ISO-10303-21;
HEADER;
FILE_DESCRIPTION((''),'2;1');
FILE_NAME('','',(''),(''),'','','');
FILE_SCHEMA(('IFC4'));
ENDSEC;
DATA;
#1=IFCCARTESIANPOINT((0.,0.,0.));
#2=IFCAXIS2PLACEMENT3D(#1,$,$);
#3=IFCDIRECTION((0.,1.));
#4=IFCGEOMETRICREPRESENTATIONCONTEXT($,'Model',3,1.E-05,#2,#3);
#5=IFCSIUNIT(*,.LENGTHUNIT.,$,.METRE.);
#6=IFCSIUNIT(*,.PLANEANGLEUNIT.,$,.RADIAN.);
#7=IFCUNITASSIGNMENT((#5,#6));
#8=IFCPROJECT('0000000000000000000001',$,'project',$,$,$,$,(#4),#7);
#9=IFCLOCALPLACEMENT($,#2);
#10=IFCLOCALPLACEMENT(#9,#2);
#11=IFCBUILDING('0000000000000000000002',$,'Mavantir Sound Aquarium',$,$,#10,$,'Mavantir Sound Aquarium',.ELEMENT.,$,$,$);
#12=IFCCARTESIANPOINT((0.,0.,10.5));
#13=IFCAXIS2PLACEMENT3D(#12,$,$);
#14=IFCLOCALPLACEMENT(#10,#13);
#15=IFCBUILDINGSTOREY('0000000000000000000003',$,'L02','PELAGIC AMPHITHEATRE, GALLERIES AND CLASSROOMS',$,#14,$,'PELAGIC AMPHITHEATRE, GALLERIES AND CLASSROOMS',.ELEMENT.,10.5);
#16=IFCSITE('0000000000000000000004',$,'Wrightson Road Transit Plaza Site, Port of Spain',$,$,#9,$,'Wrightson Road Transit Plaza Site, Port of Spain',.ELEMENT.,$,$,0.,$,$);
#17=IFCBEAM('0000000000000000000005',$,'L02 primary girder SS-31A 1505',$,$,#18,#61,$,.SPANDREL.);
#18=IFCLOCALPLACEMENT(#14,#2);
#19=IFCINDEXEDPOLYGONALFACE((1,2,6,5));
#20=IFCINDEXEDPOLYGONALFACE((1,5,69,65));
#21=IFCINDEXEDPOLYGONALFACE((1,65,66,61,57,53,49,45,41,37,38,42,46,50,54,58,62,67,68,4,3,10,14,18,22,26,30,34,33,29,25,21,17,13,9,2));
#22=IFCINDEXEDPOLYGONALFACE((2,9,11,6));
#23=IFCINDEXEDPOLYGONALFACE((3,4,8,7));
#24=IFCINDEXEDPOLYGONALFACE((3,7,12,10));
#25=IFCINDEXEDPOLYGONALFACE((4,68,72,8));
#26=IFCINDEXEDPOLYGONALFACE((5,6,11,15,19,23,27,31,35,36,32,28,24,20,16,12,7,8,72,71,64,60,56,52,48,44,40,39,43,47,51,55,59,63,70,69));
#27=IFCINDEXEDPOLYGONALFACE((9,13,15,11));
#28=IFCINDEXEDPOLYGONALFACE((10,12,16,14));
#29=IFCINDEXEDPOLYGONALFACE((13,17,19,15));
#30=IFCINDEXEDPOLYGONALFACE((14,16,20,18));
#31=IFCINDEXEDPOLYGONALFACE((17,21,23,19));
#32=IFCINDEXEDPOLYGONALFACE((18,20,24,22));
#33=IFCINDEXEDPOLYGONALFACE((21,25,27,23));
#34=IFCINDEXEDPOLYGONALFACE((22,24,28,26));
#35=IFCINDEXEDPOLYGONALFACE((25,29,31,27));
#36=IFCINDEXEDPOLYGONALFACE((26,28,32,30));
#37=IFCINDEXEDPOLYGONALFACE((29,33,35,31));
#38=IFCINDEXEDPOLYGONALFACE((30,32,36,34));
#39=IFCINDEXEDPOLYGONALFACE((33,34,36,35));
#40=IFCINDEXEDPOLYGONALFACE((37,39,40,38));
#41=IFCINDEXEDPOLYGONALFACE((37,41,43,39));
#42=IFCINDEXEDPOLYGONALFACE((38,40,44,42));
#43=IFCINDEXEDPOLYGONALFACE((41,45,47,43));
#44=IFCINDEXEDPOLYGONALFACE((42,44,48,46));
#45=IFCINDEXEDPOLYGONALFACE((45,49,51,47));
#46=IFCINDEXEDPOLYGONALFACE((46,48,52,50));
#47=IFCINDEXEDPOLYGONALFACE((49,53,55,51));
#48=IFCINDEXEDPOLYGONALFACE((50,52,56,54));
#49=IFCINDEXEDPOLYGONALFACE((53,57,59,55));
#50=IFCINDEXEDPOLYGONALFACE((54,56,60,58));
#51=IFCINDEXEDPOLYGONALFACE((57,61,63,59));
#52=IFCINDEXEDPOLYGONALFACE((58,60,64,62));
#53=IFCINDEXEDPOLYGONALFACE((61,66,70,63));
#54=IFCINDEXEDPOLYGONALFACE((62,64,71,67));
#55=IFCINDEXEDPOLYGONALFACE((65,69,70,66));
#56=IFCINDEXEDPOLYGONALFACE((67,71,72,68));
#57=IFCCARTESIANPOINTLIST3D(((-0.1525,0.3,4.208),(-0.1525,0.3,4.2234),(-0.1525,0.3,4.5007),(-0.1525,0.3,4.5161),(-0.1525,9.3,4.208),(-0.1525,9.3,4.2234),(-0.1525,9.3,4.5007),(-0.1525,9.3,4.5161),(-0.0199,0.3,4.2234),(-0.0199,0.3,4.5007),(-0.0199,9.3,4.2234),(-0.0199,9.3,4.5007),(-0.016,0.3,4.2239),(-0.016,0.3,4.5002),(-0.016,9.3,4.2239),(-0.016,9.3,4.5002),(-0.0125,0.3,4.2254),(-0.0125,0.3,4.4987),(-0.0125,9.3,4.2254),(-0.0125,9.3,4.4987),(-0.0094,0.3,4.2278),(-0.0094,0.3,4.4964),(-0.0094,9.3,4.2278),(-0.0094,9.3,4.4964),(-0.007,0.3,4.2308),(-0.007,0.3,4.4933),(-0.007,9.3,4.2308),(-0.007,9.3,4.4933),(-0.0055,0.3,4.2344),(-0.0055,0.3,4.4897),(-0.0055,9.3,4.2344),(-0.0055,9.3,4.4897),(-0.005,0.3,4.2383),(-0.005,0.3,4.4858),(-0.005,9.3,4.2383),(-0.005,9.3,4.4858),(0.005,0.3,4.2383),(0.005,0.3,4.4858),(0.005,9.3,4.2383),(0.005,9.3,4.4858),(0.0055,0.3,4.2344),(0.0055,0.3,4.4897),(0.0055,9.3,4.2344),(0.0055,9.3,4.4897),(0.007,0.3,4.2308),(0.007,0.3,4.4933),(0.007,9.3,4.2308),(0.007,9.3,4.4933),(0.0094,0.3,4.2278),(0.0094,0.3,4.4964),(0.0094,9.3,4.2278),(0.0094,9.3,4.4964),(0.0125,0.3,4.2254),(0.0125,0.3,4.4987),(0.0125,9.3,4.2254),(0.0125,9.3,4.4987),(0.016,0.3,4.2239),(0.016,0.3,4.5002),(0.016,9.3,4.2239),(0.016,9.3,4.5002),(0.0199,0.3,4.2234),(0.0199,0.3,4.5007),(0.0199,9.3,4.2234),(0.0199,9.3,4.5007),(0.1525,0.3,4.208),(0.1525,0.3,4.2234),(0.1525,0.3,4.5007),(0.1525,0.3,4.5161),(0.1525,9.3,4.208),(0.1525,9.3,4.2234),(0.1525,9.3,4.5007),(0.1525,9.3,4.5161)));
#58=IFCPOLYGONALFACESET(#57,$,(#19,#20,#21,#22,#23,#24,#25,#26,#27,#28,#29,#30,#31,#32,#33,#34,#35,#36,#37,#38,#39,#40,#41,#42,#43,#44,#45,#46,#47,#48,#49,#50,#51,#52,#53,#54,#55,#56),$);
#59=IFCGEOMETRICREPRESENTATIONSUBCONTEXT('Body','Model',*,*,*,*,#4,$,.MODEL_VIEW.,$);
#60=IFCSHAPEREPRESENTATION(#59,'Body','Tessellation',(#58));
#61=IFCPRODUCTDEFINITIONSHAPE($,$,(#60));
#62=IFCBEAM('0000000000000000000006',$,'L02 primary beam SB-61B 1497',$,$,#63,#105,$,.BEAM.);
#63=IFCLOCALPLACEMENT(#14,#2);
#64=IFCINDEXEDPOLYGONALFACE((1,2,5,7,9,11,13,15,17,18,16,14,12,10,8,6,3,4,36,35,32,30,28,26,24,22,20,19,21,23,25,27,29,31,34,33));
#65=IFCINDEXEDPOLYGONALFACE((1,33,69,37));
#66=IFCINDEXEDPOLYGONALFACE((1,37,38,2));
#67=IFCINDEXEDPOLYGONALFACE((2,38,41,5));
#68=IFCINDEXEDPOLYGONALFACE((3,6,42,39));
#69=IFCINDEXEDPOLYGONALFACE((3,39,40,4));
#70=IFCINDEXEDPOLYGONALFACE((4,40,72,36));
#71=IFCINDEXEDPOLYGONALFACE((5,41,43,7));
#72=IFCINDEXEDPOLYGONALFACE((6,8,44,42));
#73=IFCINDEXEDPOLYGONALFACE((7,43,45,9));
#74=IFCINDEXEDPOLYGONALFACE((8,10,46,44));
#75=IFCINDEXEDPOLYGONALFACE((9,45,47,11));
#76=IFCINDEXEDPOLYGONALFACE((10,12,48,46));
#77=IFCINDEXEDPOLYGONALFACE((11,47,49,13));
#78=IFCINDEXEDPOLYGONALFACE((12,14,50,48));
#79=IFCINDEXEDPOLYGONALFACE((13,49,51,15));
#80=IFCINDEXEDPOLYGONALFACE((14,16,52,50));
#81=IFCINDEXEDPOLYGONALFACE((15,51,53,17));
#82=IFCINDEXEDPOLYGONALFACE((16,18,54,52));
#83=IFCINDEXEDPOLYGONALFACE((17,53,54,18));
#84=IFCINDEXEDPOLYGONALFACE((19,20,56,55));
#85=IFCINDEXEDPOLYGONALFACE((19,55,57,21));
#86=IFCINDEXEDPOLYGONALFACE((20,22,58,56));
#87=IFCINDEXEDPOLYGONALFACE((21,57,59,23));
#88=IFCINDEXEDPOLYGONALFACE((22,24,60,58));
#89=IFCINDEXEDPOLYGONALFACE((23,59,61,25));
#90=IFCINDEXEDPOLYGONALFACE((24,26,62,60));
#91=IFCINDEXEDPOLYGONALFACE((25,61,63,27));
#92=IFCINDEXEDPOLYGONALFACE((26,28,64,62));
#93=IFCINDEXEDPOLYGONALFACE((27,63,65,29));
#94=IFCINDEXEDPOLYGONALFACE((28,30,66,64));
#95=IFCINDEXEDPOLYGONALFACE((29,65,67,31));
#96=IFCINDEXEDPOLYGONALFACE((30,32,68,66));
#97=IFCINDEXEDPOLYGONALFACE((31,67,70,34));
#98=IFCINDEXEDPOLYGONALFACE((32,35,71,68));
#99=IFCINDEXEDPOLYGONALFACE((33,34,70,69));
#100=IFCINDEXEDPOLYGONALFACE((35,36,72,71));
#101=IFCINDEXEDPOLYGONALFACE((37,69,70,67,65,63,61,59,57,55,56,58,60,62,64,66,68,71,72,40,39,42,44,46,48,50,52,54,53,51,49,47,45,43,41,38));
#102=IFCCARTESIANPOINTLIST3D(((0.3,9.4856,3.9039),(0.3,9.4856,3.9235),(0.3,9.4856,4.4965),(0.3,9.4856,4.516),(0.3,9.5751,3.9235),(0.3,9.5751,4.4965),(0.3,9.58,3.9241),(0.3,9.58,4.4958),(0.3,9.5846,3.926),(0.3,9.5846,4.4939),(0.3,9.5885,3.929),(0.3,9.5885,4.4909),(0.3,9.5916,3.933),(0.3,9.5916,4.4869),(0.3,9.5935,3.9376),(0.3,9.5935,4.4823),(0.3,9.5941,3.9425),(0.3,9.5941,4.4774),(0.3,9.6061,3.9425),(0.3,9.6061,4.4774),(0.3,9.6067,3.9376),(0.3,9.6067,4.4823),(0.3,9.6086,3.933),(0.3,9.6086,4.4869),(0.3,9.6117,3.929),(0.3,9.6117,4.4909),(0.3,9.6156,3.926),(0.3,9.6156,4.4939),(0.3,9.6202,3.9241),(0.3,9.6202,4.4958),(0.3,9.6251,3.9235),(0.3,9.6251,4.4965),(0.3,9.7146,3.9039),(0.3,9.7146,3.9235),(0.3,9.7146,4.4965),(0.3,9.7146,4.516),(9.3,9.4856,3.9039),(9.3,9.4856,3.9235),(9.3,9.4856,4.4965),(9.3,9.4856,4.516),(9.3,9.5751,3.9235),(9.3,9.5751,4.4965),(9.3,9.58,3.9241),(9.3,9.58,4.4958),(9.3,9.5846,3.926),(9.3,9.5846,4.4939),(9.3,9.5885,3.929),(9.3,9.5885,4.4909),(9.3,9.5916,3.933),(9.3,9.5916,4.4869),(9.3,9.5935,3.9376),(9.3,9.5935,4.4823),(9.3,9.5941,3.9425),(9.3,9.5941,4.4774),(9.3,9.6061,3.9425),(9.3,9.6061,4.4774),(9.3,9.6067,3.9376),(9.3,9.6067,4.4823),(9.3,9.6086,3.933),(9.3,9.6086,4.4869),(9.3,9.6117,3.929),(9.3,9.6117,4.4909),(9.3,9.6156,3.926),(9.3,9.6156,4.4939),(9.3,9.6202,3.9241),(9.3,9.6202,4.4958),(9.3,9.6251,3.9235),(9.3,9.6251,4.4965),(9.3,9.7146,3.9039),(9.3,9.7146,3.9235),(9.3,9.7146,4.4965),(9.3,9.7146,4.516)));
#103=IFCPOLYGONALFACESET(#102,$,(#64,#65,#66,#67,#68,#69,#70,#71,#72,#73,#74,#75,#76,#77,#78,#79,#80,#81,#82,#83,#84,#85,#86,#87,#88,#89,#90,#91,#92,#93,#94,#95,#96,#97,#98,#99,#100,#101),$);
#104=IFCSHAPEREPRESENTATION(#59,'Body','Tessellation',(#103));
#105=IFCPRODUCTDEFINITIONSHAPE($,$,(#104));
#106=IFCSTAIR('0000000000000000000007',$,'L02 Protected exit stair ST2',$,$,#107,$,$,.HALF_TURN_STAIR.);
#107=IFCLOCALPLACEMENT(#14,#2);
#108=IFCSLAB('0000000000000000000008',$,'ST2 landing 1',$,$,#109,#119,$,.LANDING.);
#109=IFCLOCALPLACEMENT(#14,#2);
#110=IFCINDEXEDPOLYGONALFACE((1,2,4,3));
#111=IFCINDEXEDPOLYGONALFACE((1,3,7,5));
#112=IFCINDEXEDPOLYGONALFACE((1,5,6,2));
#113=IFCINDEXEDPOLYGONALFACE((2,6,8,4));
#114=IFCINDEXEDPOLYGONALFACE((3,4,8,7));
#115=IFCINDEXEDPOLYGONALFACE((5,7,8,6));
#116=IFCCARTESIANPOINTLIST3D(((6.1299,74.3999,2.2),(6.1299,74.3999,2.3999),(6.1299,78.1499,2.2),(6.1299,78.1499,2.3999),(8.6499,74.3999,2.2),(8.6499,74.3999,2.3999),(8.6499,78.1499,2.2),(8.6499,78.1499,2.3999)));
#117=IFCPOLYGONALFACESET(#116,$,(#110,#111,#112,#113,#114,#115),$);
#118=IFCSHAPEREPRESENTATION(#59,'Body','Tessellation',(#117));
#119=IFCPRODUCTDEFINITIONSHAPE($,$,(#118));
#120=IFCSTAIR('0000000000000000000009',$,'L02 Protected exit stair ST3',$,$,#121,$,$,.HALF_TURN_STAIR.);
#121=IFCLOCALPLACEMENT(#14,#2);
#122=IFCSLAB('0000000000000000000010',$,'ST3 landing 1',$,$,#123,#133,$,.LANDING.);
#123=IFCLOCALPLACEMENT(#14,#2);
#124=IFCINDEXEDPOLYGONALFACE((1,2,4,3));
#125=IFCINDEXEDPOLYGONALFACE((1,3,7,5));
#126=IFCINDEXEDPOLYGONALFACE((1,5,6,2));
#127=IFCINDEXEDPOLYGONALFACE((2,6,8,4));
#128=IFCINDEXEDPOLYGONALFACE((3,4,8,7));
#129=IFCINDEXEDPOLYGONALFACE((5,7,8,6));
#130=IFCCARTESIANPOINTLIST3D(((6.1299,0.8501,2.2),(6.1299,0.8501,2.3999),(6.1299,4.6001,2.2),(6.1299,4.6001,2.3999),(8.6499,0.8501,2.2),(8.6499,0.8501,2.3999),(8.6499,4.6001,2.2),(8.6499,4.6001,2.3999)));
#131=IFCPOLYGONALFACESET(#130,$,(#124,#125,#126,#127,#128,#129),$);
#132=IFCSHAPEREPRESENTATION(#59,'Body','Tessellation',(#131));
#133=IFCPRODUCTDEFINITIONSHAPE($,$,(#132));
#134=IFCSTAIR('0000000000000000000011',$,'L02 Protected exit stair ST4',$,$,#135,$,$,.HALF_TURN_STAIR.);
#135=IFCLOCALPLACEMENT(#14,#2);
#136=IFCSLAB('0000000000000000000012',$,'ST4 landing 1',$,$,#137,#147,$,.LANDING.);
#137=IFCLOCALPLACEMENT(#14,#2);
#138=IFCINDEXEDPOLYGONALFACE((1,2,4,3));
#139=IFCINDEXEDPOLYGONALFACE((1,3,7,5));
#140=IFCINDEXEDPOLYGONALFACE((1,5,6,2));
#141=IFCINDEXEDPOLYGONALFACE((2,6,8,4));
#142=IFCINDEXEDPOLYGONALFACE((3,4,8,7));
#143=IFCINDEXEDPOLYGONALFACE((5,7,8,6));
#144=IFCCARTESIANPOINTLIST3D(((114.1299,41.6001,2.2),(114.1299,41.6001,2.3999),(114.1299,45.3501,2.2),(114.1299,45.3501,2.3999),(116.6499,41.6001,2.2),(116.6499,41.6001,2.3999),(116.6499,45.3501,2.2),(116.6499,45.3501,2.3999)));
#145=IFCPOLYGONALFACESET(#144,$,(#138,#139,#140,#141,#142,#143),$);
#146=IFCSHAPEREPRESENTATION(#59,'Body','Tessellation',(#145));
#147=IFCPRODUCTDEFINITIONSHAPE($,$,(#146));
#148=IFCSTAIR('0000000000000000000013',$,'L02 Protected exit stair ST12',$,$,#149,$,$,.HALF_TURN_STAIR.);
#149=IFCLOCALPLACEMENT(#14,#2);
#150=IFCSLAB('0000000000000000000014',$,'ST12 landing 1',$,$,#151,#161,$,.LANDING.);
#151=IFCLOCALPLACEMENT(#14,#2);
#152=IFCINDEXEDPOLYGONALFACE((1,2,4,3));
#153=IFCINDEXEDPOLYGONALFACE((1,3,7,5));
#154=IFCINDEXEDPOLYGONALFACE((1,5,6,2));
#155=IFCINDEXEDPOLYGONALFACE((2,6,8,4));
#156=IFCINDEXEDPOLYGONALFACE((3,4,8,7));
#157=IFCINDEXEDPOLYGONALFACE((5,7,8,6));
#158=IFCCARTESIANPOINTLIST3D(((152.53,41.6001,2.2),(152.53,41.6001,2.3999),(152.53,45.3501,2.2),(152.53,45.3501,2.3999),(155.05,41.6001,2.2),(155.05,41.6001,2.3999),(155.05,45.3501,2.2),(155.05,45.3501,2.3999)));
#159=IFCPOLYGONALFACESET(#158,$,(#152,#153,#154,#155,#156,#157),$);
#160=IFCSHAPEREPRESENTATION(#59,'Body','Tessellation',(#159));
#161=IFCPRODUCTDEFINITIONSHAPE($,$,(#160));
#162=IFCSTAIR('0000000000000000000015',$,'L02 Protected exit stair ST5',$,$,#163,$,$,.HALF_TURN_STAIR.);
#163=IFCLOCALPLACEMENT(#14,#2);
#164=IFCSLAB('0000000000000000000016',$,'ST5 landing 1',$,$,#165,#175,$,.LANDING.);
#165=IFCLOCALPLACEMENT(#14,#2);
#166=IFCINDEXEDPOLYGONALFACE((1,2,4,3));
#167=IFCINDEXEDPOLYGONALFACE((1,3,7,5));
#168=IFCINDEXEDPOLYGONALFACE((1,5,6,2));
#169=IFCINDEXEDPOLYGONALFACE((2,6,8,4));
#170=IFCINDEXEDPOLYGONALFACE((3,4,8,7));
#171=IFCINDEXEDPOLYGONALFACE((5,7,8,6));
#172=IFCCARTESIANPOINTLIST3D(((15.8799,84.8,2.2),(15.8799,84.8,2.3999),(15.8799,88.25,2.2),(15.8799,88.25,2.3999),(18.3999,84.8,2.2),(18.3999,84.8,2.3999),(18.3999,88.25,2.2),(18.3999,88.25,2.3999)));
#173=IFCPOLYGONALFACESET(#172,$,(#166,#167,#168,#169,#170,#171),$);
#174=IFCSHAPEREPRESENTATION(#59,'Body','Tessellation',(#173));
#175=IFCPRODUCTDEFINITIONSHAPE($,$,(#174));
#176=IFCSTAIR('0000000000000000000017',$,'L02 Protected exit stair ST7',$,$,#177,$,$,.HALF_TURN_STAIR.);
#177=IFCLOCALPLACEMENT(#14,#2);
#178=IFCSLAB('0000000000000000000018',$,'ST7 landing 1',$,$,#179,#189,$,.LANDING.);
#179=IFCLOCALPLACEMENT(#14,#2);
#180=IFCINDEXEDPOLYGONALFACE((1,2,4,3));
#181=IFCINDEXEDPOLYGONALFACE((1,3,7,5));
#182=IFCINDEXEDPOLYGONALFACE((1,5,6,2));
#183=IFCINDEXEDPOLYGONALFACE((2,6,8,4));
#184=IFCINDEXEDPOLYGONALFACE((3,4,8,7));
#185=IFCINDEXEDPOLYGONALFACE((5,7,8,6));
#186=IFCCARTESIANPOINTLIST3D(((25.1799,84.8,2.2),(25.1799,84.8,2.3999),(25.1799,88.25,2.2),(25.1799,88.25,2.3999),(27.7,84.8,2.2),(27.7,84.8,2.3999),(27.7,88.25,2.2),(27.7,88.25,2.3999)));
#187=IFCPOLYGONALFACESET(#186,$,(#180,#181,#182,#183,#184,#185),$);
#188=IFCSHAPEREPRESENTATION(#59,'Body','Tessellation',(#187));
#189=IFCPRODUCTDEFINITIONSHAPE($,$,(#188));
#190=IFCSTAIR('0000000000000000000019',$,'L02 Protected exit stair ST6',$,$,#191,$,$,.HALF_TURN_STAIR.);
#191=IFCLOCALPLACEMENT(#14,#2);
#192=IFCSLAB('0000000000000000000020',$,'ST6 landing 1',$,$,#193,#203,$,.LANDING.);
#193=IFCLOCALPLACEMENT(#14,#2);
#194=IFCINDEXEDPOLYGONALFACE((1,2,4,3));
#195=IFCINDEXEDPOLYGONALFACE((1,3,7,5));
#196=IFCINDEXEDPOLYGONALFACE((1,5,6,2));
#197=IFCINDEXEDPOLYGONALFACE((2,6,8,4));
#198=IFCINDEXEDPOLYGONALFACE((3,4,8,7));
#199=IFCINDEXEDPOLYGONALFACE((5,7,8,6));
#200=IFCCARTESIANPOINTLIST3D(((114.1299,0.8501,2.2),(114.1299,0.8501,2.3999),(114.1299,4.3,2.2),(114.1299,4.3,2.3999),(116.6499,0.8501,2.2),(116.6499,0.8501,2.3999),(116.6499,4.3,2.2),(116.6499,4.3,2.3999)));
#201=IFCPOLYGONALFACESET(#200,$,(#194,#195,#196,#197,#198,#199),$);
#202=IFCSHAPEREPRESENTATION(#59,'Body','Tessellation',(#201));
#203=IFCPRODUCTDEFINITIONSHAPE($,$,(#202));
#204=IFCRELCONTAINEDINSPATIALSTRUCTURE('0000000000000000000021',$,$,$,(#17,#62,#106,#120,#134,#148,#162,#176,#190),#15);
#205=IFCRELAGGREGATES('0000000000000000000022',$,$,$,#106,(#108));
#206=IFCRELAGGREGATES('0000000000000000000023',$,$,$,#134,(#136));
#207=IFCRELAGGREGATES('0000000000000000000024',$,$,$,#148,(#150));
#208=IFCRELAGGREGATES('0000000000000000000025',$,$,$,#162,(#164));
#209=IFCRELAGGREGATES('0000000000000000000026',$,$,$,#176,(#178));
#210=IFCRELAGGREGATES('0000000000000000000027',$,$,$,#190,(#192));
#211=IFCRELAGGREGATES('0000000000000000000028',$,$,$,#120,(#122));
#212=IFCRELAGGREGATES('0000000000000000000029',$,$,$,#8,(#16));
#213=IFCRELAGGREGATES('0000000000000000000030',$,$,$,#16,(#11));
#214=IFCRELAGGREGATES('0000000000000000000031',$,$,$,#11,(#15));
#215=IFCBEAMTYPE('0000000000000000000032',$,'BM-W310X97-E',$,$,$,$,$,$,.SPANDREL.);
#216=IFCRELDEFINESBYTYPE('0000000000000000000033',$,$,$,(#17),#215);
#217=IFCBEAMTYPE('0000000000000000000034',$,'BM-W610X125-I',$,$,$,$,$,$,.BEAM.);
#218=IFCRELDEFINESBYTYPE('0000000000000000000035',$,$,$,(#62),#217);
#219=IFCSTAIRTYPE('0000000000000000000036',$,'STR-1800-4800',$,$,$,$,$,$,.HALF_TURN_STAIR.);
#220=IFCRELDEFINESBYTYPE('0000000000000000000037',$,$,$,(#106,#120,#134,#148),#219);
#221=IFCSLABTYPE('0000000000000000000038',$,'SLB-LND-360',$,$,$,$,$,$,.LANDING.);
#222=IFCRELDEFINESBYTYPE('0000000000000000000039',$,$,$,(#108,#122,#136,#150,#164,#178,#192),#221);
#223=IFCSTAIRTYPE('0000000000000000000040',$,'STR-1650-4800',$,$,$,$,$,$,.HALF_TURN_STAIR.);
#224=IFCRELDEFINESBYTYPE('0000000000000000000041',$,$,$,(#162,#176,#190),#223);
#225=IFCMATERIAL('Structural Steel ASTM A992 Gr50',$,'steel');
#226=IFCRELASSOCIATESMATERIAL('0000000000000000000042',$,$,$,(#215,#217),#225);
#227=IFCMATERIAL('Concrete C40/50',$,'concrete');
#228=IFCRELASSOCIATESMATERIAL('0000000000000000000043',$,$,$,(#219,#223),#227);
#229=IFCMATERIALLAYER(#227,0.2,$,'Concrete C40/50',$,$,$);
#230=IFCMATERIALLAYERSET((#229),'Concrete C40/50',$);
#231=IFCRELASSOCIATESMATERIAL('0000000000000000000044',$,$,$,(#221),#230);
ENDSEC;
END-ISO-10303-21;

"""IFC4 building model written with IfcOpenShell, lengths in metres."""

from ifc_helpers import new_model, si_unit, direction, frame, origin, origin_2d, place, context, subcontext, project, spatial, polyline, i_section, outline, extrude, material, layer, layer_set, material_profile, profile_set, type_object, element, aggregate, save


model = new_model("IFC4")

# Units and contexts
model_context = context("Model", 3, precision=1e-05, world=origin(), true_north=direction((0.0, 1.0)))
body_context = subcontext(model_context, "Body", "Model", "MODEL_VIEW")
ifc_project = project(units=[si_unit("LENGTHUNIT", "METRE"), si_unit("PLANEANGLEUNIT", "RADIAN")], contexts=[model_context])

# Site, building, storey
site_placement = place(None, origin())
site = spatial("IfcSite", under=ifc_project, at=site_placement, Name="Wrightson Road Transit Plaza Site, Port of Spain", LongName="Wrightson Road Transit Plaza Site, Port of Spain", CompositionType="ELEMENT", RefElevation=0.0)
building_placement = place(site_placement, origin())
building = spatial("IfcBuilding", under=site, at=building_placement, Name="Mavantir Sound Aquarium", LongName="Mavantir Sound Aquarium", CompositionType="ELEMENT")
storey_placement = place(building_placement, frame((0.0, 0.0, 10.5)))
storey = spatial("IfcBuildingStorey", under=building, at=storey_placement, Name="L02", Description="PELAGIC AMPHITHEATRE, GALLERIES AND CLASSROOMS", LongName="PELAGIC AMPHITHEATRE, GALLERIES AND CLASSROOMS", CompositionType="ELEMENT", Elevation=10.5)

# Shared definitions
ifc_material_1 = material(Name="Concrete C40/50", Category="concrete")

# Beams
ifc_material_2 = material(Name="Structural Steel ASTM A992 Gr50", Category="steel")
ifc_material_profile_1 = material_profile(ifc_material_2, i_section(OverallWidth=0.3049, OverallDepth=0.3081, WebThickness=0.01, FlangeThickness=0.0154, FilletRadius=0.0149, at=origin_2d()), Name="W310X97")
ifc_profile_set_1 = profile_set([ifc_material_profile_1], Name="Structural Steel ASTM A992 Gr50")
beam_type_1 = type_object("IfcBeamType", Name="BM-W310X97-E", PredefinedType="SPANDREL", material=ifc_profile_set_1)
for number, where, z_axis, x_axis, name in (
    (1, (0.0, 0.3, 4.3621), (0.0, 1.0, 0.0), (-1.0, 0.0, 0.0), "L02 primary girder SS-31A 1505"),
):
    element("IfcBeam", number, at=place(storey_placement, frame(where, z_axis=z_axis, x_axis=x_axis)), inside=storey, type_object=beam_type_1, Name=name, PredefinedType="SPANDREL", context=body_context, shape_type="SweptSolid", body=[
        extrude(i_section(OverallWidth=0.3049, OverallDepth=0.3081, WebThickness=0.01, FlangeThickness=0.0154, FilletRadius=0.0149, at=origin_2d()), origin(), (0.0, 0.0, 1.0), 9.0),
    ])
ifc_material_profile_2 = material_profile(ifc_material_2, i_section(OverallWidth=0.229, OverallDepth=0.6121, WebThickness=0.012, FlangeThickness=0.0195, FilletRadius=0.019, at=origin_2d()), Name="W610X125")
ifc_profile_set_2 = profile_set([ifc_material_profile_2], Name="Structural Steel ASTM A992 Gr50")
beam_type_2 = type_object("IfcBeamType", Name="BM-W610X125-I", PredefinedType="BEAM", material=ifc_profile_set_2)
beam_1_placement = place(storey_placement, frame((0.3, 9.6001, 4.21), z_axis=(1.0, 0.0, 0.0), x_axis=(0.0, 1.0, 0.0)))
element("IfcBeam", 2, at=beam_1_placement, inside=storey, type_object=beam_type_2, Name="L02 primary beam SB-61B 1497", PredefinedType="BEAM", context=body_context, shape_type="SweptSolid", body=[
    extrude(i_section(OverallWidth=0.229, OverallDepth=0.6121, WebThickness=0.012, FlangeThickness=0.0195, FilletRadius=0.019, at=origin_2d()), origin(), (0.0, 0.0, 1.0), 9.0),
])

# Stairs, slabs
stair_type_1 = type_object("IfcStairType", Name="STR-1800-4800", PredefinedType="HALF_TURN_STAIR", material=ifc_material_1)
stair_1_placement = place(storey_placement, origin())
stair_1 = element("IfcStair", 3, at=stair_1_placement, inside=storey, type_object=stair_type_1, Name="L02 Protected exit stair ST2", PredefinedType="HALF_TURN_STAIR")
ifc_layer_1 = layer(ifc_material_1, 0.2, Name="Concrete C40/50")
ifc_layer_set_1 = layer_set([ifc_layer_1], Name="Concrete C40/50")
slab_type = type_object("IfcSlabType", Name="SLB-LND-360", PredefinedType="LANDING", material=ifc_layer_set_1)
slab_1_placement = place(storey_placement, frame((0.0, 0.0, 2.2)))
slab_1 = element("IfcSlab", 4, at=slab_1_placement, type_object=slab_type, Name="ST2 landing 1", PredefinedType="LANDING", context=body_context, shape_type="SweptSolid", body=[
    extrude(outline(polyline([(6.1299, 74.3999), (8.6499, 74.3999), (8.6499, 78.1499), (6.1299, 78.1499), (6.1299, 74.3999)])), origin(), (0.0, 0.0, 1.0), 0.2),
])
aggregate(stair_1, [slab_1])
stair_2_placement = place(storey_placement, origin())
stair_2 = element("IfcStair", 5, at=stair_2_placement, inside=storey, type_object=stair_type_1, Name="L02 Protected exit stair ST3", PredefinedType="HALF_TURN_STAIR")
slab_2_placement = place(storey_placement, frame((0.0, 0.0, 2.2)))
slab_2 = element("IfcSlab", 6, at=slab_2_placement, type_object=slab_type, Name="ST3 landing 1", PredefinedType="LANDING", context=body_context, shape_type="SweptSolid", body=[
    extrude(outline(polyline([(6.1299, 0.8501), (8.6499, 0.8501), (8.6499, 4.6001), (6.1299, 4.6001), (6.1299, 0.8501)])), origin(), (0.0, 0.0, 1.0), 0.2),
])
stair_3_placement = place(storey_placement, origin())
stair_3 = element("IfcStair", 7, at=stair_3_placement, inside=storey, type_object=stair_type_1, Name="L02 Protected exit stair ST4", PredefinedType="HALF_TURN_STAIR")
slab_3_placement = place(storey_placement, frame((0.0, 0.0, 2.2)))
slab_3 = element("IfcSlab", 8, at=slab_3_placement, type_object=slab_type, Name="ST4 landing 1", PredefinedType="LANDING", context=body_context, shape_type="SweptSolid", body=[
    extrude(outline(polyline([(114.1299, 41.6001), (116.6499, 41.6001), (116.6499, 45.3501), (114.1299, 45.3501), (114.1299, 41.6001)])), origin(), (0.0, 0.0, 1.0), 0.2),
])
aggregate(stair_3, [slab_3])
stair_4_placement = place(storey_placement, origin())
stair_4 = element("IfcStair", 9, at=stair_4_placement, inside=storey, type_object=stair_type_1, Name="L02 Protected exit stair ST12", PredefinedType="HALF_TURN_STAIR")
slab_4_placement = place(storey_placement, frame((0.0, 0.0, 2.2)))
slab_4 = element("IfcSlab", 10, at=slab_4_placement, type_object=slab_type, Name="ST12 landing 1", PredefinedType="LANDING", context=body_context, shape_type="SweptSolid", body=[
    extrude(outline(polyline([(152.53, 41.6001), (155.05, 41.6001), (155.05, 45.3501), (152.53, 45.3501), (152.53, 41.6001)])), origin(), (0.0, 0.0, 1.0), 0.2),
])
aggregate(stair_4, [slab_4])
stair_type_2 = type_object("IfcStairType", Name="STR-1650-4800", PredefinedType="HALF_TURN_STAIR", material=ifc_material_1)
stair_5_placement = place(storey_placement, origin())
stair_5 = element("IfcStair", 11, at=stair_5_placement, inside=storey, type_object=stair_type_2, Name="L02 Protected exit stair ST5", PredefinedType="HALF_TURN_STAIR")
slab_5_placement = place(storey_placement, frame((0.0, 0.0, 2.2)))
slab_5 = element("IfcSlab", 12, at=slab_5_placement, type_object=slab_type, Name="ST5 landing 1", PredefinedType="LANDING", context=body_context, shape_type="SweptSolid", body=[
    extrude(outline(polyline([(15.8799, 84.8), (18.3999, 84.8), (18.3999, 88.25), (15.8799, 88.25), (15.8799, 84.8)])), origin(), (0.0, 0.0, 1.0), 0.2),
])
aggregate(stair_5, [slab_5])
stair_6_placement = place(storey_placement, origin())
stair_6 = element("IfcStair", 13, at=stair_6_placement, inside=storey, type_object=stair_type_2, Name="L02 Protected exit stair ST7", PredefinedType="HALF_TURN_STAIR")
slab_6_placement = place(storey_placement, frame((0.0, 0.0, 2.2)))
slab_6 = element("IfcSlab", 14, at=slab_6_placement, type_object=slab_type, Name="ST7 landing 1", PredefinedType="LANDING", context=body_context, shape_type="SweptSolid", body=[
    extrude(outline(polyline([(25.1799, 84.8), (27.7, 84.8), (27.7, 88.25), (25.1799, 88.25), (25.1799, 84.8)])), origin(), (0.0, 0.0, 1.0), 0.2),
])
aggregate(stair_6, [slab_6])
stair_7_placement = place(storey_placement, origin())
stair_7 = element("IfcStair", 15, at=stair_7_placement, inside=storey, type_object=stair_type_2, Name="L02 Protected exit stair ST6", PredefinedType="HALF_TURN_STAIR")
slab_7_placement = place(storey_placement, frame((0.0, 0.0, 2.2)))
slab_7 = element("IfcSlab", 16, at=slab_7_placement, type_object=slab_type, Name="ST6 landing 1", PredefinedType="LANDING", context=body_context, shape_type="SweptSolid", body=[
    extrude(outline(polyline([(114.1299, 0.8501), (116.6499, 0.8501), (116.6499, 4.3), (114.1299, 4.3), (114.1299, 0.8501)])), origin(), (0.0, 0.0, 1.0), 0.2),
])
aggregate(stair_7, [slab_7])

aggregate(stair_2, [slab_2])

save(model, "model.ifc")
